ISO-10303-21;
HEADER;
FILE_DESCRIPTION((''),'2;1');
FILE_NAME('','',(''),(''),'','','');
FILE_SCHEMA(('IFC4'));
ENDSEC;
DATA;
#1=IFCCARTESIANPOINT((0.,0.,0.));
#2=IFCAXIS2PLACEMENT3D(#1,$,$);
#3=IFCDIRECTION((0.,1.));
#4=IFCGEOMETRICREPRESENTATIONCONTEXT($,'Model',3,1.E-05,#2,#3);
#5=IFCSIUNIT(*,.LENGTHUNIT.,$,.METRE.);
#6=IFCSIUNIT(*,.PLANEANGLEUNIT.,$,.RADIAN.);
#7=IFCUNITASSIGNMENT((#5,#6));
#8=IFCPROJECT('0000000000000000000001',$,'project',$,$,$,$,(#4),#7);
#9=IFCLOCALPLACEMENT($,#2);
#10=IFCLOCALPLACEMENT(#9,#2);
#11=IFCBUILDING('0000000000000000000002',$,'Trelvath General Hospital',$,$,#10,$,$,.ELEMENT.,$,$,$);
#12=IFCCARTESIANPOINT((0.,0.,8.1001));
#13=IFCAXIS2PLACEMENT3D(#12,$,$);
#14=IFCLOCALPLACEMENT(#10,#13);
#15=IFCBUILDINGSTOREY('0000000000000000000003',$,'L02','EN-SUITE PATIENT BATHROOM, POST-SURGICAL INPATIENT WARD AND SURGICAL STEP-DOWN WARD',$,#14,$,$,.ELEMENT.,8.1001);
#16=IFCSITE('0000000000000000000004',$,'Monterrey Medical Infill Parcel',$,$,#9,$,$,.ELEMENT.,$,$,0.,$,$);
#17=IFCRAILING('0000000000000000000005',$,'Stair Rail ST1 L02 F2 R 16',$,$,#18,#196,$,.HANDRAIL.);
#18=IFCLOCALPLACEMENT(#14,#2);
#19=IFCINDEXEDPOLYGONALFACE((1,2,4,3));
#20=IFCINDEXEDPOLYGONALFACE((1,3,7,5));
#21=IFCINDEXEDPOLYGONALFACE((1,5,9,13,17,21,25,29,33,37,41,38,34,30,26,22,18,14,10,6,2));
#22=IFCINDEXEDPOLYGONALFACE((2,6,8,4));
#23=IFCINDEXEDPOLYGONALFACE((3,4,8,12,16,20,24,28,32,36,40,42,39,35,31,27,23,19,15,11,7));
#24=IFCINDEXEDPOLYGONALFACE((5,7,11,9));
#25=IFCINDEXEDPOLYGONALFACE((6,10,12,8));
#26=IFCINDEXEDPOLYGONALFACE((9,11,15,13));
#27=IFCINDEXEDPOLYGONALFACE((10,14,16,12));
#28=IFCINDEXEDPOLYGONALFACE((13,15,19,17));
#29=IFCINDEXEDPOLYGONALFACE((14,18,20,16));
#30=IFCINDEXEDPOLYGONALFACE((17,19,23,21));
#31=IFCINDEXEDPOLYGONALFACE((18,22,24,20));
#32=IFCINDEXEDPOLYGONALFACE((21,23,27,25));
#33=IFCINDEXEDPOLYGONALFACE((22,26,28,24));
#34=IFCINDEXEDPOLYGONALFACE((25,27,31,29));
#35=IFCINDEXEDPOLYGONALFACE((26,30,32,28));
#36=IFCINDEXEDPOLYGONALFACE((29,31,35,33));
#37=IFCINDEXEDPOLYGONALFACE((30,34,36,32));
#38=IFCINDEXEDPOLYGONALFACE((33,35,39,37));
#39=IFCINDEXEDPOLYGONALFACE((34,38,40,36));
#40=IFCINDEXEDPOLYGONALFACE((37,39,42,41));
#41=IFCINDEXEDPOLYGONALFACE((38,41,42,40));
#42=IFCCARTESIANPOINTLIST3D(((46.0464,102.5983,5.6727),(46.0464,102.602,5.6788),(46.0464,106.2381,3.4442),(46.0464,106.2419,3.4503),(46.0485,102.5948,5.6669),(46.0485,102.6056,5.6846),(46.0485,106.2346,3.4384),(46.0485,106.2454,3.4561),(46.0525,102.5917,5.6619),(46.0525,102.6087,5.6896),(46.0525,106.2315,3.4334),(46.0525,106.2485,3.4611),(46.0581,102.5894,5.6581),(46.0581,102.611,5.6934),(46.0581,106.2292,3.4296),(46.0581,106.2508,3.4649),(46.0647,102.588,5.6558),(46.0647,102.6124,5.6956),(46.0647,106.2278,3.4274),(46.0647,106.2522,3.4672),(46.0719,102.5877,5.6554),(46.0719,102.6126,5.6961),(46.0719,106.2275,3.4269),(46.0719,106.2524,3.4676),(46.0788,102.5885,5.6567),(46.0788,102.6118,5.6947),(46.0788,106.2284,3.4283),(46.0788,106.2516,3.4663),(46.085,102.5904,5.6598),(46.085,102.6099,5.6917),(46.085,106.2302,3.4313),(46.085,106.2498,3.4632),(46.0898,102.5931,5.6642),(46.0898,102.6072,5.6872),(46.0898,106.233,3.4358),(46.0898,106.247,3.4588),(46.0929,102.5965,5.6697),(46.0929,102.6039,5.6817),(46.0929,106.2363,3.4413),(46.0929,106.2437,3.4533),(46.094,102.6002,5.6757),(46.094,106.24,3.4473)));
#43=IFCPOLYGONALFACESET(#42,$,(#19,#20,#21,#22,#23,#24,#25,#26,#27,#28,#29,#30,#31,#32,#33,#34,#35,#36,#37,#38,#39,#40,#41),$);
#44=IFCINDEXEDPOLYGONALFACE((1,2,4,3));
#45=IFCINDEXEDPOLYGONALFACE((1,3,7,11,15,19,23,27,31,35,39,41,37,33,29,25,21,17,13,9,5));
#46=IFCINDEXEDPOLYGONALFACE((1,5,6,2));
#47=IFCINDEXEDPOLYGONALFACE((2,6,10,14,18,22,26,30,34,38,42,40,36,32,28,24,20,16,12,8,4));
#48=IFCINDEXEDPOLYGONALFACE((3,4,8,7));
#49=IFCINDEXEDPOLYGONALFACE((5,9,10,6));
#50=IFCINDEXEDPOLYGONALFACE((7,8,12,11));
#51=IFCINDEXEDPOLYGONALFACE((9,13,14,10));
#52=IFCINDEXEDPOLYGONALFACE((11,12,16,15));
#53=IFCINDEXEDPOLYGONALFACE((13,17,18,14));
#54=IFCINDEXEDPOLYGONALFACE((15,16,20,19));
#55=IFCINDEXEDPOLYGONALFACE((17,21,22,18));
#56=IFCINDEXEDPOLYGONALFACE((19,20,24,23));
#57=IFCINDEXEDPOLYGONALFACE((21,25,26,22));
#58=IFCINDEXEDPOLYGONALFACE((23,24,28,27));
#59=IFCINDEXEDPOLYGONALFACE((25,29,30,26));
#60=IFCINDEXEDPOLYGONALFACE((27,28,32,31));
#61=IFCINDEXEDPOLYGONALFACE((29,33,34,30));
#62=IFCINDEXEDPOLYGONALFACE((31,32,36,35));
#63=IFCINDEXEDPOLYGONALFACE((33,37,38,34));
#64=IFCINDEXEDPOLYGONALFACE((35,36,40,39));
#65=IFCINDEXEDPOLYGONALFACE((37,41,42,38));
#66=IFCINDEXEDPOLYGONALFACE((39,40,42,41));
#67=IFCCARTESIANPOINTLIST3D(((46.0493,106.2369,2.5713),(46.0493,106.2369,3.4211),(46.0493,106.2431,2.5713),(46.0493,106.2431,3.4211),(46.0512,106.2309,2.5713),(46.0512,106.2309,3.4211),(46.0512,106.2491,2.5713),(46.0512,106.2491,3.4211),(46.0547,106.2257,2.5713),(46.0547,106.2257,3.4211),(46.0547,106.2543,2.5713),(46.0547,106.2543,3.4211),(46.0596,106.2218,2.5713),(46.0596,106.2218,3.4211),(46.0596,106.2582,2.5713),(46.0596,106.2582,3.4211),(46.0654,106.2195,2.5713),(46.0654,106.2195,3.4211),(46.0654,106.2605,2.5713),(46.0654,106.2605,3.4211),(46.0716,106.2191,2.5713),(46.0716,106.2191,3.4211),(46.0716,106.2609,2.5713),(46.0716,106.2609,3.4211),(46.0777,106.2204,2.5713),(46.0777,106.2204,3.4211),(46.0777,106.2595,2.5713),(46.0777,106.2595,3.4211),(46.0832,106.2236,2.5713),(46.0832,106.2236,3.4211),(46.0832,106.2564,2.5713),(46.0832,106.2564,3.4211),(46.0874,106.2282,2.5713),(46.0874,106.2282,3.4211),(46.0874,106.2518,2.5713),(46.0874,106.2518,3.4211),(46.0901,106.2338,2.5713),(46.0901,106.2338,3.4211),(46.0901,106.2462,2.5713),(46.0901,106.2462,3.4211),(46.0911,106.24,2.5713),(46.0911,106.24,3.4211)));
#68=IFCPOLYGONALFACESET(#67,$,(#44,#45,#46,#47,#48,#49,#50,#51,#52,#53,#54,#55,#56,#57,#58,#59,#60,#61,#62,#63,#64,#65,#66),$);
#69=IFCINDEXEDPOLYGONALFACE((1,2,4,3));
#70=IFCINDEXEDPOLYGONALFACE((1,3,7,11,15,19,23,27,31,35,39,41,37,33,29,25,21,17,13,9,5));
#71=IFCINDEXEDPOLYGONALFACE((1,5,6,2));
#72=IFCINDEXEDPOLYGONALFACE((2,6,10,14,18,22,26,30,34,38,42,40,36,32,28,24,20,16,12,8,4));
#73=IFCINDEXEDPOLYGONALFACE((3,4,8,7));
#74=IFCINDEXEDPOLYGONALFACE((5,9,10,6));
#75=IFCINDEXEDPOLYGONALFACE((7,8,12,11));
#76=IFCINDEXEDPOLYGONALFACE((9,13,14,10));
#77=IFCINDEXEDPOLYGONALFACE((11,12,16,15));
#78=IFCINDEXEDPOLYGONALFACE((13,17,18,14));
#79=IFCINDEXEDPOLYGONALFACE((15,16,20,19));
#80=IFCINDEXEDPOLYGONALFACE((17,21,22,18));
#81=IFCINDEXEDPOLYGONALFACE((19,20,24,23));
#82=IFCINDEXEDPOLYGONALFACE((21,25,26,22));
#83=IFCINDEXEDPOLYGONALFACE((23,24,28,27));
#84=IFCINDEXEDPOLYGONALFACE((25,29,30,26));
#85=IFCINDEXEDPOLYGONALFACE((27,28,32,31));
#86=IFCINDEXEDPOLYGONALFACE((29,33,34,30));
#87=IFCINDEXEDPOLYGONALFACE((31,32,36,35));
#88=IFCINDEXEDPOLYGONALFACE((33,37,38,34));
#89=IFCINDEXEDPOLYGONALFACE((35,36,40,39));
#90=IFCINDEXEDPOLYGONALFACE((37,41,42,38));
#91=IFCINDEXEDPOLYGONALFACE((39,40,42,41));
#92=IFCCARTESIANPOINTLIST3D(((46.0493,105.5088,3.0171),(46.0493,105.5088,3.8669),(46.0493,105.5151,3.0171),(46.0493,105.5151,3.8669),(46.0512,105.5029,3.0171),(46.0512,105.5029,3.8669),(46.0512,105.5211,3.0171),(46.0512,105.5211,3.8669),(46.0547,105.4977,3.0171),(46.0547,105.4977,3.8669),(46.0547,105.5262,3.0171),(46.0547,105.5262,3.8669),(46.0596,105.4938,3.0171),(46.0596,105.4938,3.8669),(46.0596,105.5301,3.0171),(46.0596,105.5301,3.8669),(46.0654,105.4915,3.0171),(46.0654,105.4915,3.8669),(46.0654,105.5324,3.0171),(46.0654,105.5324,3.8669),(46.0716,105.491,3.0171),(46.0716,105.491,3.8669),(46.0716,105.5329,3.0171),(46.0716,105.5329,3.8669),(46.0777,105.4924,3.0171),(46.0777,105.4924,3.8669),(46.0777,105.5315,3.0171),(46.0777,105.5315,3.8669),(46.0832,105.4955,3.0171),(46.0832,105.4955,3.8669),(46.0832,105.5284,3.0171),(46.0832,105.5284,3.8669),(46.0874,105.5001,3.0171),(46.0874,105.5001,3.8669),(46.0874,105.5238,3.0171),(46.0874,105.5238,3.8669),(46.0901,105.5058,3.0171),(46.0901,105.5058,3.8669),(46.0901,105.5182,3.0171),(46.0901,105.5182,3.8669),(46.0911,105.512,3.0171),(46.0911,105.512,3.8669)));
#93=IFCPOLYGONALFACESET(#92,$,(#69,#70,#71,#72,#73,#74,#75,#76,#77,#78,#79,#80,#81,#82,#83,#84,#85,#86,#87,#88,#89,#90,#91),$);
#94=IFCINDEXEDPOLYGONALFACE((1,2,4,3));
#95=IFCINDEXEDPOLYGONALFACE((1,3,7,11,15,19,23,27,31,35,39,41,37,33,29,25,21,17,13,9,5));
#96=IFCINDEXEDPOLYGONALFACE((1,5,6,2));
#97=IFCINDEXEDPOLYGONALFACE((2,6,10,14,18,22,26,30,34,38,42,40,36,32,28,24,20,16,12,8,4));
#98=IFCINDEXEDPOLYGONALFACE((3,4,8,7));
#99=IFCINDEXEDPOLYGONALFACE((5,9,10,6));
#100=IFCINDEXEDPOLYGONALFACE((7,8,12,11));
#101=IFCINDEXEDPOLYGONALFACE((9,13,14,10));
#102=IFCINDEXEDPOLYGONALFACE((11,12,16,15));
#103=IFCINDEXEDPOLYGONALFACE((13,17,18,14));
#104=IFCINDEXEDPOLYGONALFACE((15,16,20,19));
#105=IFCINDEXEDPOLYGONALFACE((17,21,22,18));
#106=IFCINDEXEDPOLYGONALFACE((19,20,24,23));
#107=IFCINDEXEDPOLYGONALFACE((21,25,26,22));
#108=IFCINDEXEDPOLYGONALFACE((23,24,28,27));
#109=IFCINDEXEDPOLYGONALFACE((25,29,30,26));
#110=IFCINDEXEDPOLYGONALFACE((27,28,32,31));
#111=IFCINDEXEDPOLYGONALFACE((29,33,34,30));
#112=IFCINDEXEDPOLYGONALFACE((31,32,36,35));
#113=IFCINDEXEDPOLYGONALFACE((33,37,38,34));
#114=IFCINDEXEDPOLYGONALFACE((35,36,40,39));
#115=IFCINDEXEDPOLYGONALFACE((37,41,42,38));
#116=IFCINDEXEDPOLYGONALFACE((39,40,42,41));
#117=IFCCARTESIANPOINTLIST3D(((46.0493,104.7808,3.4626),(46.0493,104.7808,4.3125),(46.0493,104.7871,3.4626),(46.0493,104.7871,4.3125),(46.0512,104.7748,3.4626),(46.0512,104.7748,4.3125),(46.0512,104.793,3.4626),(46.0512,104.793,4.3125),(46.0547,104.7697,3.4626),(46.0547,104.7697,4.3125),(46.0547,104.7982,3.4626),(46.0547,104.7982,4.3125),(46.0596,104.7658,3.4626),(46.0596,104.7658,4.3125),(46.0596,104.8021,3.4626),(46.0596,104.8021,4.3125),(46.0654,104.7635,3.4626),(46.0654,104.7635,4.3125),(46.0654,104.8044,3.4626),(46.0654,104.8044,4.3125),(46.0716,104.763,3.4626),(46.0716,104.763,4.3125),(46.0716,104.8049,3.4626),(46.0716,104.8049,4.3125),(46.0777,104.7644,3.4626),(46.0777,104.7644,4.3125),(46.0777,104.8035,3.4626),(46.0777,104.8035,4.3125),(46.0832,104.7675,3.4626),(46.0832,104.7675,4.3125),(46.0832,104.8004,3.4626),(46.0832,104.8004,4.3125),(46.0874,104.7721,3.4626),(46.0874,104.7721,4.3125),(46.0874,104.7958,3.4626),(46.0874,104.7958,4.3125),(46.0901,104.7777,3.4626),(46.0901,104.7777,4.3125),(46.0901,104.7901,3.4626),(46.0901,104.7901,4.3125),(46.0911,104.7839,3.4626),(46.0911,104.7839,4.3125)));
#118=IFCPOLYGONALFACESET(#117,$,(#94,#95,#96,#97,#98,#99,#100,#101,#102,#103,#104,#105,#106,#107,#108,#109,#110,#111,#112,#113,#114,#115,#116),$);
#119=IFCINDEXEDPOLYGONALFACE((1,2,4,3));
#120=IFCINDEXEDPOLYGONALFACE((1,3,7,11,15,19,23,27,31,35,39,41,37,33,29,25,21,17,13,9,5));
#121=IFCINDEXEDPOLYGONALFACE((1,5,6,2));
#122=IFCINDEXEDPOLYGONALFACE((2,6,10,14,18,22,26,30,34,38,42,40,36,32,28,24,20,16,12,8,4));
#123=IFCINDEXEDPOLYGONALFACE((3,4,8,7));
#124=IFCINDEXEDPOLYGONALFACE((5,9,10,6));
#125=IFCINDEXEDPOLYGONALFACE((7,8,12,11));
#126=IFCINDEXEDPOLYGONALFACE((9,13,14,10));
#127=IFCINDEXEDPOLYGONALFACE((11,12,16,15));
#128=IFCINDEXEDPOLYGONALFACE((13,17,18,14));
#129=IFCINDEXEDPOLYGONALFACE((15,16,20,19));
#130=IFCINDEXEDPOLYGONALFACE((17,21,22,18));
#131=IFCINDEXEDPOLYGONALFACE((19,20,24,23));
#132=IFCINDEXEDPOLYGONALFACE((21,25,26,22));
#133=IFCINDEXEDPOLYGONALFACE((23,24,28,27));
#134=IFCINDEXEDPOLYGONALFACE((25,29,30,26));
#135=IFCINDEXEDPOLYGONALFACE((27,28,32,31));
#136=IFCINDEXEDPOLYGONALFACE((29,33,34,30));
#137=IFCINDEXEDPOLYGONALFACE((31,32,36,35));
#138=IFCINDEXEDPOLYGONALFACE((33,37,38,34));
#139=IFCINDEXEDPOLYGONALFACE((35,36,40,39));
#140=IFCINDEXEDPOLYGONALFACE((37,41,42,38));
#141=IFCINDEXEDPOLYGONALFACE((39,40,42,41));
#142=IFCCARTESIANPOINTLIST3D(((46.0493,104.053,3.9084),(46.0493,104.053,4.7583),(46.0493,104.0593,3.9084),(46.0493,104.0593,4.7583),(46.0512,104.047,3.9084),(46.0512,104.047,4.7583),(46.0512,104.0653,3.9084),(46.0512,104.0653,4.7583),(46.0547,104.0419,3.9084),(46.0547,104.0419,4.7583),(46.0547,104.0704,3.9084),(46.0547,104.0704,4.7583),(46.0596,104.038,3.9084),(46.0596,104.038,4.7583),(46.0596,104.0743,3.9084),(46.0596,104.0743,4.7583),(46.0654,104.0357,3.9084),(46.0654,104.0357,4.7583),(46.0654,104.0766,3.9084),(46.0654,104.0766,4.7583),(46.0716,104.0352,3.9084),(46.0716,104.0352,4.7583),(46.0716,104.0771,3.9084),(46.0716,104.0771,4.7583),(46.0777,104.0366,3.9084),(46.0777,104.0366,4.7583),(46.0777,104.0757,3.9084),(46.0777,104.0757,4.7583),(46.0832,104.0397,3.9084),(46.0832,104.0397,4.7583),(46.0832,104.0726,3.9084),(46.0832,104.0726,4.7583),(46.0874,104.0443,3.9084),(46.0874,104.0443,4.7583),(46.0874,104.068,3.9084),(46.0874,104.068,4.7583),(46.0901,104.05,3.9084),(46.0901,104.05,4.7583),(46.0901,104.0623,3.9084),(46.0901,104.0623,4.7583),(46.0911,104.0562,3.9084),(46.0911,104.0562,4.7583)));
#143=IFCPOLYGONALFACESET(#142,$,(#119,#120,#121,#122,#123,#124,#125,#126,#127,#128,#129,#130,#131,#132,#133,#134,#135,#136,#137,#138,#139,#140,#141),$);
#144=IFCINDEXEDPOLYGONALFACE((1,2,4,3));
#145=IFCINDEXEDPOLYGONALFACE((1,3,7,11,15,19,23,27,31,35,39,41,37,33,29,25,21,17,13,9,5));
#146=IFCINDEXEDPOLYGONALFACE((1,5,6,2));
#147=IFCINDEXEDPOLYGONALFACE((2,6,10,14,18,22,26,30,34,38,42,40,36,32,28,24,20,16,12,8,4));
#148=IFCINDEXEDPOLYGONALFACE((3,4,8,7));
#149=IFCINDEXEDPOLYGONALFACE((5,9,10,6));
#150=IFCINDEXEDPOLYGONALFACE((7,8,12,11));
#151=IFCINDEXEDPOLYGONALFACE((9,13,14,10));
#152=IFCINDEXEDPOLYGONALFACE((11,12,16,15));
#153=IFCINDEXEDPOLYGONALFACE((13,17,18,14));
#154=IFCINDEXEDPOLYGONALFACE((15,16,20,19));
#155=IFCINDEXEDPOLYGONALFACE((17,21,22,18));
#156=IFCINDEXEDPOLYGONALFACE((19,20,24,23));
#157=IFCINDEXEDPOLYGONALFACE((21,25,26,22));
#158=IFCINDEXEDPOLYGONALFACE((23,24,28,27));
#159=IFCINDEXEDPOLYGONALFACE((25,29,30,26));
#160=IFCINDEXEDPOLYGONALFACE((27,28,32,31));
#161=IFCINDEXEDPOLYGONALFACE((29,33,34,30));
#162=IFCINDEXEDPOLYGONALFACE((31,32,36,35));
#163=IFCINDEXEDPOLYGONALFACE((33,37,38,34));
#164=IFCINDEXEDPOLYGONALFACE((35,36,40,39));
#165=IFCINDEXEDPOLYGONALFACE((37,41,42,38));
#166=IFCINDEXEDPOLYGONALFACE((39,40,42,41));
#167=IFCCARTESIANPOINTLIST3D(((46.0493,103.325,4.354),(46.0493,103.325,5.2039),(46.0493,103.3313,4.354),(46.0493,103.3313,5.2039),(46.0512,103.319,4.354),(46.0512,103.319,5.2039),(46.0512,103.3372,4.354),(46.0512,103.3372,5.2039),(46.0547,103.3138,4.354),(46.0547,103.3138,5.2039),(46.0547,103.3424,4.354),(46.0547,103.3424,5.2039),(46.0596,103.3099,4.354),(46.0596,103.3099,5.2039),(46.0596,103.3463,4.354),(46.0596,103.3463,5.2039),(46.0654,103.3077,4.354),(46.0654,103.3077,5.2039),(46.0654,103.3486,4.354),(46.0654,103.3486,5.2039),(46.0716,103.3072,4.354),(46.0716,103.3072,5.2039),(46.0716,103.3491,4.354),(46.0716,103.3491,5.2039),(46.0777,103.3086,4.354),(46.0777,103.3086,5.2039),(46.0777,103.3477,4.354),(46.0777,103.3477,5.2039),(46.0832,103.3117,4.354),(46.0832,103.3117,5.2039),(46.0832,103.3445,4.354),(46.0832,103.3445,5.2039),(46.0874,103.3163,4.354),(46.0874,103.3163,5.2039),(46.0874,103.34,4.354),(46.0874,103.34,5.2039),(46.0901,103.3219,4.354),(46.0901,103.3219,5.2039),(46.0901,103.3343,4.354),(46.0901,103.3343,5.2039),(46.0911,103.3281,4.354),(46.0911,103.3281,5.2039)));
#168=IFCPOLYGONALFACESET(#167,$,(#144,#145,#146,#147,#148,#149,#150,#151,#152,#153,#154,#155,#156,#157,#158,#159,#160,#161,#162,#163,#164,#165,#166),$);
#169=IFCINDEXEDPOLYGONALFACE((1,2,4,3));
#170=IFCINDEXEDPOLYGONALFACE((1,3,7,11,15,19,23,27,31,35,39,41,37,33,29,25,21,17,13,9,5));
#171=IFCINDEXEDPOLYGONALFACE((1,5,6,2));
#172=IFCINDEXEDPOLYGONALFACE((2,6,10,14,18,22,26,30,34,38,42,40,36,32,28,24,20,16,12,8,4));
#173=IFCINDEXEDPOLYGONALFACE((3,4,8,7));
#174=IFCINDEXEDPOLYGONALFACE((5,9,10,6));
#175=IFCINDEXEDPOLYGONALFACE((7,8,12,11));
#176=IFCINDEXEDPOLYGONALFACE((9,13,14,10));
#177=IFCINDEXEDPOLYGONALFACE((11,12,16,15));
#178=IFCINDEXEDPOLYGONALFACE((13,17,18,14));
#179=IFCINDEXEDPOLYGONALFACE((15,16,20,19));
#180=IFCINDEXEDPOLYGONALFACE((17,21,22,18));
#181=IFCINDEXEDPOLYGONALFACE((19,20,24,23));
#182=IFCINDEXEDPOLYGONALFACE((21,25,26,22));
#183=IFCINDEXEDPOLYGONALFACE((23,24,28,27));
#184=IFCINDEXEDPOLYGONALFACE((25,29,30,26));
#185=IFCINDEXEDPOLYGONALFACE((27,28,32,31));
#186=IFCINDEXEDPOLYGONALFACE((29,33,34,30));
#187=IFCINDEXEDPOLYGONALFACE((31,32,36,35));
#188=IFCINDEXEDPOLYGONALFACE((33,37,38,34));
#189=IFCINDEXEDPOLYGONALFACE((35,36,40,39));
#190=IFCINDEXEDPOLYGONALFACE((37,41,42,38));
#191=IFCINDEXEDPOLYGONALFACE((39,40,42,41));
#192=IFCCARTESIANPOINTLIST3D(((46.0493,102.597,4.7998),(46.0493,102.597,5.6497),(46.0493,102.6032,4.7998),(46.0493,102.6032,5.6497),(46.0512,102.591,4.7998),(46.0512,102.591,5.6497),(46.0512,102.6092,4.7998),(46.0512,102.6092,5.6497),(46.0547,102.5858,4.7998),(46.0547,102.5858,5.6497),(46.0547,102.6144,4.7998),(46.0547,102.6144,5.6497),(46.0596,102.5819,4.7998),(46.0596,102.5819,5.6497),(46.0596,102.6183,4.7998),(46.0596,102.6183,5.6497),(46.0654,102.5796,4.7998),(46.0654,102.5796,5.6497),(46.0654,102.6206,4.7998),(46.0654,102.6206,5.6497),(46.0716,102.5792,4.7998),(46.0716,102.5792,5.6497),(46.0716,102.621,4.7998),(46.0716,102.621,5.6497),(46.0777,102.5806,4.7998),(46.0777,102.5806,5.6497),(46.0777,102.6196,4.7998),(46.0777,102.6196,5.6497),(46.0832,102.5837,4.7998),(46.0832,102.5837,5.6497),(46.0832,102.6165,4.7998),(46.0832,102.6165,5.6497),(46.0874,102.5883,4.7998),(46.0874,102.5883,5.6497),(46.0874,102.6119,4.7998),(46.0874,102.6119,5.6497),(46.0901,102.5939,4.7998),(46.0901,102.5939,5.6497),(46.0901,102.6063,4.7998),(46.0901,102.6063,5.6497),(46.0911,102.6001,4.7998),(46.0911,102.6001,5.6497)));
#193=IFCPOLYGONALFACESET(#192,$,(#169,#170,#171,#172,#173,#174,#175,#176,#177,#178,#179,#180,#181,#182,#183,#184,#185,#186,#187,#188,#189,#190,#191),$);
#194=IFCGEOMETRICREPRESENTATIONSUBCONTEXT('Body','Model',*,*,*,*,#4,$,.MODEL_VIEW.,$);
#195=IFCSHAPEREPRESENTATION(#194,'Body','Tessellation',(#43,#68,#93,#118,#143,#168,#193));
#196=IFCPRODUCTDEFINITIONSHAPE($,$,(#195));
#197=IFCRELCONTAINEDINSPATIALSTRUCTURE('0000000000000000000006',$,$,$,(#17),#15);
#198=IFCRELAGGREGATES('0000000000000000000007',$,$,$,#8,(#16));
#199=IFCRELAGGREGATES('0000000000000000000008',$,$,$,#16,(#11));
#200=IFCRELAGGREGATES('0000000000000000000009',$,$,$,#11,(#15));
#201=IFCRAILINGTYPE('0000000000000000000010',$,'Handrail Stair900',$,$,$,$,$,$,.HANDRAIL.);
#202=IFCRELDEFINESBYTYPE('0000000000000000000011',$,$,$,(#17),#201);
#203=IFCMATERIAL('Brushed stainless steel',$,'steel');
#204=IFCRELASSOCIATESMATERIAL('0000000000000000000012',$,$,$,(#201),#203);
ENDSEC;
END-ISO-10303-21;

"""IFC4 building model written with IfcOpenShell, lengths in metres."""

from ifc_helpers import new_model, si_unit, direction, frame, origin, origin_2d, place, context, subcontext, project, spatial, circle, extrude, material, type_object, element, save


model = new_model("IFC4")

# Units and contexts
model_context = context("Model", 3, precision=1e-05, world=origin(), true_north=direction((0.0, 1.0)))
body_context = subcontext(model_context, "Body", "Model", "MODEL_VIEW")
ifc_project = project(units=[si_unit("LENGTHUNIT", "METRE"), si_unit("PLANEANGLEUNIT", "RADIAN")], contexts=[model_context])

# Site, building, storey
site_placement = place(None, origin())
site = spatial("IfcSite", under=ifc_project, at=site_placement, Name="Monterrey Medical Infill Parcel", CompositionType="ELEMENT", RefElevation=0.0)
building_placement = place(site_placement, origin())
building = spatial("IfcBuilding", under=site, at=building_placement, Name="Trelvath General Hospital", CompositionType="ELEMENT")
storey_placement = place(building_placement, frame((0.0, 0.0, 8.1001)))
storey = spatial("IfcBuildingStorey", under=building, at=storey_placement, Name="L02", Description="EN-SUITE PATIENT BATHROOM, POST-SURGICAL INPATIENT WARD AND SURGICAL STEP-DOWN WARD", CompositionType="ELEMENT", Elevation=8.1001)

# Railing
ifc_material_1 = material(Name="Brushed stainless steel", Category="steel")
railing_type_1 = type_object("IfcRailingType", Name="Handrail Stair900", PredefinedType="HANDRAIL", material=ifc_material_1)
railing_1_placement = place(storey_placement, frame((46.0701, 106.24, 2.5713)))
element("IfcRailing", 1, at=railing_1_placement, inside=storey, type_object=railing_type_1, Name="Stair Rail ST1 L02 F2 R 16", PredefinedType="HANDRAIL", context=body_context, shape_type="SweptSolid", body=[
    extrude(circle(Radius=0.0239, at=origin_2d()), frame((0.0, 0.0, 0.876), z_axis=(0.0, -0.85285, 0.522156), x_axis=(1.0, 0.0, 0.0)), (0.0, 0.0, 1.0), 4.2678),
    extrude(circle(Radius=0.021, at=origin_2d()), origin(), (0.0, 0.0, 1.0), 0.8499),
    extrude(circle(Radius=0.021, at=origin_2d()), frame((0.0, -0.728, 0.4458)), (0.0, 0.0, 1.0), 0.8499),
    extrude(circle(Radius=0.021, at=origin_2d()), frame((0.0, -1.4561, 0.8914)), (0.0, 0.0, 1.0), 0.8499),
    extrude(circle(Radius=0.021, at=origin_2d()), frame((0.0, -2.1838, 1.3372)), (0.0, 0.0, 1.0), 0.8499),
    extrude(circle(Radius=0.021, at=origin_2d()), frame((0.0, -2.9119, 1.7827)), (0.0, 0.0, 1.0), 0.8499),
    extrude(circle(Radius=0.021, at=origin_2d()), frame((0.0, -3.6399, 2.2285)), (0.0, 0.0, 1.0), 0.8499),
])

save(model, "model.ifc")
